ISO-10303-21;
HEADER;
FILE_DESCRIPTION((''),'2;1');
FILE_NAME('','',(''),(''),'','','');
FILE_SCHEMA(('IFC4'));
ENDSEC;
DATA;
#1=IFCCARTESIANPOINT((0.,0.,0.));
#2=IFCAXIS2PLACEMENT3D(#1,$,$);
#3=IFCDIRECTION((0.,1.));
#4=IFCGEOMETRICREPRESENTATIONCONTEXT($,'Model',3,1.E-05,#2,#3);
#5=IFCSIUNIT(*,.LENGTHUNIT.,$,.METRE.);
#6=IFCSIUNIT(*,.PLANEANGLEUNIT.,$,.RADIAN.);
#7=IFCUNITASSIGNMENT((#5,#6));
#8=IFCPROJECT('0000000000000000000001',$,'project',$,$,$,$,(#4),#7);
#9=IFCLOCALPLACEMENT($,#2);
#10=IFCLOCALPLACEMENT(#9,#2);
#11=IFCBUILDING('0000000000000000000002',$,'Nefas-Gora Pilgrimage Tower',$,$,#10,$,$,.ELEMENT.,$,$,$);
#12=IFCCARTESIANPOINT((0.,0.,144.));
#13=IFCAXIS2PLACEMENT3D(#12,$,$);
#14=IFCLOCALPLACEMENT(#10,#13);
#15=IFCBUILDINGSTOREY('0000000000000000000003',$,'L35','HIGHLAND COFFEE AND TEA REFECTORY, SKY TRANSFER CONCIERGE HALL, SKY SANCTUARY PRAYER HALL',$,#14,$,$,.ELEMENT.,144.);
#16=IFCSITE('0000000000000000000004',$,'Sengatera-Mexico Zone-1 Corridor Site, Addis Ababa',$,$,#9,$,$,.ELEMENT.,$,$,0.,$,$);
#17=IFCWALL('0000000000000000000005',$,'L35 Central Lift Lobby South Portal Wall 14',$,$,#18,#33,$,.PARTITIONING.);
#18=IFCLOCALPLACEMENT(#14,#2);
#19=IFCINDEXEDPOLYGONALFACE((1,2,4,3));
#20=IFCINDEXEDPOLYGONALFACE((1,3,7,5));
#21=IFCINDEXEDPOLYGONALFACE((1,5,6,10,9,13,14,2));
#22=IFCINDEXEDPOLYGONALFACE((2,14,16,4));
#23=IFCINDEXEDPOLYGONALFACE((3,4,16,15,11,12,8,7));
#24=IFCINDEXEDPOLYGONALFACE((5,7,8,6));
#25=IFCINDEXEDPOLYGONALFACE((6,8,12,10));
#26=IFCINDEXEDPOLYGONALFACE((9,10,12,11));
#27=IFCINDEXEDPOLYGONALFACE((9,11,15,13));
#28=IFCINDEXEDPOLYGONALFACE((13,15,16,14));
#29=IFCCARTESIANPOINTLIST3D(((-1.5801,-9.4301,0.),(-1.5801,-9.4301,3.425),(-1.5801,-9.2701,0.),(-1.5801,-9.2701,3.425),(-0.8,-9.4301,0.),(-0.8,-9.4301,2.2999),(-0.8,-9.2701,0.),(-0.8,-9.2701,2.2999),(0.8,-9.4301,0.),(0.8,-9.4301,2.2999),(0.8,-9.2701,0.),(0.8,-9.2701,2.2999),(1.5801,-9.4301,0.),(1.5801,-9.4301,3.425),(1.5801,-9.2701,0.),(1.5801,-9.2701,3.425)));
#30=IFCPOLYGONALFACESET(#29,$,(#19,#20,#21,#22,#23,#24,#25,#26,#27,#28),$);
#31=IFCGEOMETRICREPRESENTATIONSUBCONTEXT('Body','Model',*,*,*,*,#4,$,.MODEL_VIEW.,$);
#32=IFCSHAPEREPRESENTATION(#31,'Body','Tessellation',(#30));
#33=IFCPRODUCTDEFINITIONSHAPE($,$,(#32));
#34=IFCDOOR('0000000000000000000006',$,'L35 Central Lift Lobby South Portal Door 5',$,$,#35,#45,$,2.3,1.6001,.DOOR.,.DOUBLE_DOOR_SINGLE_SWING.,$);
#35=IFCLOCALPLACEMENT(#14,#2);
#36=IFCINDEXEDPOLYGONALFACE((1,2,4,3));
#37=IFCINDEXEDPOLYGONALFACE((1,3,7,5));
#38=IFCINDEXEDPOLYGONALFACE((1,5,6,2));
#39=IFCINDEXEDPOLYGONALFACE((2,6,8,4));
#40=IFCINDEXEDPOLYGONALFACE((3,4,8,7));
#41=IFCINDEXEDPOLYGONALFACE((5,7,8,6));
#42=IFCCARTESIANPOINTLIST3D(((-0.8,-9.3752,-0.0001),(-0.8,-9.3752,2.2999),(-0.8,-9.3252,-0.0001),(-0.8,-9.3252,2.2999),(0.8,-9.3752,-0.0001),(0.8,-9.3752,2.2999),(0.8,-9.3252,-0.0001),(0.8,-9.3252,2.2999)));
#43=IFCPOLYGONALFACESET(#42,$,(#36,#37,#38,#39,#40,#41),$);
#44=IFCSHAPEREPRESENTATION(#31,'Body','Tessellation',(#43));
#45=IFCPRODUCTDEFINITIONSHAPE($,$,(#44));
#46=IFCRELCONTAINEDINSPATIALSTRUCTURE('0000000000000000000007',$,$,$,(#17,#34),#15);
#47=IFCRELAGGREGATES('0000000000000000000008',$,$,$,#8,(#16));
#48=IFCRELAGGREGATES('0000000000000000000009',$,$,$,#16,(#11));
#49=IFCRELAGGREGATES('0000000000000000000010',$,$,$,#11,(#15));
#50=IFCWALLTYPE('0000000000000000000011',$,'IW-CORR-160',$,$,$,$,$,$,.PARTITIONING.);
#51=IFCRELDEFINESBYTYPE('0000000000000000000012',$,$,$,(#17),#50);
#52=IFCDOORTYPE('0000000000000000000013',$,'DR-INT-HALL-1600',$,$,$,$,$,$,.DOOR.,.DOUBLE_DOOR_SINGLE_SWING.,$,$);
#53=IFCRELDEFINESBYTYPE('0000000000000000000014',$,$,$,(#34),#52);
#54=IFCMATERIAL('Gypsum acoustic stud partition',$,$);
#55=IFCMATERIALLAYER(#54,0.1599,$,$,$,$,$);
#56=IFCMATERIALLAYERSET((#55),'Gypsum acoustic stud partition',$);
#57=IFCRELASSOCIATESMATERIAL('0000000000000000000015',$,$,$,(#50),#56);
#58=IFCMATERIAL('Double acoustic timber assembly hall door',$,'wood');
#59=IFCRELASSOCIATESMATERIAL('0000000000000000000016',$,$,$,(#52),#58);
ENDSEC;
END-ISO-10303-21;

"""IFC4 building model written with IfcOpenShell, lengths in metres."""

from ifc_helpers import new_model, si_unit, direction, frame, frame_2d, origin, place, context, subcontext, project, spatial, rectangle, extrude, source, transform, mapped, material, layer, layer_set, type_object, element, fill, save


model = new_model("IFC4")

# Units and contexts
model_context = context("Model", 3, precision=1e-05, world=origin(), true_north=direction((0.0, 1.0)))
body_context = subcontext(model_context, "Body", "Model", "MODEL_VIEW")
ifc_project = project(units=[si_unit("LENGTHUNIT", "METRE"), si_unit("PLANEANGLEUNIT", "RADIAN")], contexts=[model_context])

# Site, building, storey
site_placement = place(None, origin())
site = spatial("IfcSite", under=ifc_project, at=site_placement, Name="Sengatera-Mexico Zone-1 Corridor Site, Addis Ababa", CompositionType="ELEMENT", RefElevation=0.0)
building_placement = place(site_placement, origin())
building = spatial("IfcBuilding", under=site, at=building_placement, Name="Nefas-Gora Pilgrimage Tower", CompositionType="ELEMENT")
storey_placement = place(building_placement, frame((0.0, 0.0, 144.0)))
storey = spatial("IfcBuildingStorey", under=building, at=storey_placement, Name="L35", Description="HIGHLAND COFFEE AND TEA REFECTORY, SKY TRANSFER CONCIERGE HALL, SKY SANCTUARY PRAYER HALL", CompositionType="ELEMENT", Elevation=144.0)

# Wall, opening, door
ifc_material_1 = material(Name="Gypsum acoustic stud partition")
ifc_layer_1 = layer(ifc_material_1, 0.1599)
ifc_layer_set_1 = layer_set([ifc_layer_1], Name="Gypsum acoustic stud partition")
wall_type_1 = type_object("IfcWallType", Name="IW-CORR-160", PredefinedType="PARTITIONING", material=ifc_layer_set_1)
shared_shape_1 = source(origin(), body_context, "Body", "SweptSolid", [
    extrude(rectangle(XDim=3.1602, YDim=0.1599, at=frame_2d((1.5801, 0.0))), origin(), (0.0, 0.0, 1.0), 3.425),
])
wall_1_placement = place(storey_placement, frame((-1.5801, -9.3501, 0.0), z_axis=(0.0, 0.0, 1.0), x_axis=(1.0, 0.0, 0.0)))
wall_1 = element("IfcWall", 1, at=wall_1_placement, inside=storey, type_object=wall_type_1, Name="L35 Central Lift Lobby South Portal Wall 14", PredefinedType="PARTITIONING", context=body_context, shape_type="MappedRepresentation", body=[
    mapped(shared_shape_1, transform((0.0, 0.0, 0.0), x_axis=(1.0, 0.0, 0.0), y_axis=(0.0, 1.0, 0.0), z_axis=(0.0, 0.0, 1.0), scale=1.0)),
])
opening_placement = place(wall_1_placement, frame((0.78, 0.0, 0.0)))
opening = element("IfcOpeningElement", 2, at=opening_placement, cuts=wall_1, PredefinedType="OPENING", context=body_context, shape_type="SweptSolid", body=[
    extrude(rectangle(XDim=1.6001, YDim=2.3, at=frame_2d((0.8, 1.1499))), frame((0.0, 0.0898, 0.0), z_axis=(0.0, -1.0, 0.0), x_axis=(1.0, 0.0, 0.0)), (0.0, 0.0, 1.0), 0.1799),
])
ifc_material_2 = material(Name="Double acoustic timber assembly hall door", Category="wood")
door_type = type_object("IfcDoorType", Name="DR-INT-HALL-1600", OperationType="DOUBLE_DOOR_SINGLE_SWING", PredefinedType="DOOR", material=ifc_material_2)
shared_shape_2 = source(origin(), body_context, "Body", "SweptSolid", [
    extrude(rectangle(XDim=1.6001, YDim=2.3, at=frame_2d((0.8, 1.1499))), frame((0.0, 0.0249, 0.0), z_axis=(0.0, -1.0, 0.0), x_axis=(1.0, 0.0, 0.0)), (0.0, 0.0, 1.0), 0.05),
])
door_placement = place(opening_placement, origin())
door = element("IfcDoor", 3, at=door_placement, inside=storey, type_object=door_type, Name="L35 Central Lift Lobby South Portal Door 5", OperationType="DOUBLE_DOOR_SINGLE_SWING", OverallHeight=2.3, OverallWidth=1.6001, PredefinedType="DOOR", context=body_context, shape_type="MappedRepresentation", body=[
    mapped(shared_shape_2, transform((0.0, 0.0, 0.0), x_axis=(1.0, 0.0, 0.0), y_axis=(0.0, 1.0, 0.0), z_axis=(0.0, 0.0, 1.0), scale=1.0)),
])
fill(opening, door)

save(model, "model.ifc")
